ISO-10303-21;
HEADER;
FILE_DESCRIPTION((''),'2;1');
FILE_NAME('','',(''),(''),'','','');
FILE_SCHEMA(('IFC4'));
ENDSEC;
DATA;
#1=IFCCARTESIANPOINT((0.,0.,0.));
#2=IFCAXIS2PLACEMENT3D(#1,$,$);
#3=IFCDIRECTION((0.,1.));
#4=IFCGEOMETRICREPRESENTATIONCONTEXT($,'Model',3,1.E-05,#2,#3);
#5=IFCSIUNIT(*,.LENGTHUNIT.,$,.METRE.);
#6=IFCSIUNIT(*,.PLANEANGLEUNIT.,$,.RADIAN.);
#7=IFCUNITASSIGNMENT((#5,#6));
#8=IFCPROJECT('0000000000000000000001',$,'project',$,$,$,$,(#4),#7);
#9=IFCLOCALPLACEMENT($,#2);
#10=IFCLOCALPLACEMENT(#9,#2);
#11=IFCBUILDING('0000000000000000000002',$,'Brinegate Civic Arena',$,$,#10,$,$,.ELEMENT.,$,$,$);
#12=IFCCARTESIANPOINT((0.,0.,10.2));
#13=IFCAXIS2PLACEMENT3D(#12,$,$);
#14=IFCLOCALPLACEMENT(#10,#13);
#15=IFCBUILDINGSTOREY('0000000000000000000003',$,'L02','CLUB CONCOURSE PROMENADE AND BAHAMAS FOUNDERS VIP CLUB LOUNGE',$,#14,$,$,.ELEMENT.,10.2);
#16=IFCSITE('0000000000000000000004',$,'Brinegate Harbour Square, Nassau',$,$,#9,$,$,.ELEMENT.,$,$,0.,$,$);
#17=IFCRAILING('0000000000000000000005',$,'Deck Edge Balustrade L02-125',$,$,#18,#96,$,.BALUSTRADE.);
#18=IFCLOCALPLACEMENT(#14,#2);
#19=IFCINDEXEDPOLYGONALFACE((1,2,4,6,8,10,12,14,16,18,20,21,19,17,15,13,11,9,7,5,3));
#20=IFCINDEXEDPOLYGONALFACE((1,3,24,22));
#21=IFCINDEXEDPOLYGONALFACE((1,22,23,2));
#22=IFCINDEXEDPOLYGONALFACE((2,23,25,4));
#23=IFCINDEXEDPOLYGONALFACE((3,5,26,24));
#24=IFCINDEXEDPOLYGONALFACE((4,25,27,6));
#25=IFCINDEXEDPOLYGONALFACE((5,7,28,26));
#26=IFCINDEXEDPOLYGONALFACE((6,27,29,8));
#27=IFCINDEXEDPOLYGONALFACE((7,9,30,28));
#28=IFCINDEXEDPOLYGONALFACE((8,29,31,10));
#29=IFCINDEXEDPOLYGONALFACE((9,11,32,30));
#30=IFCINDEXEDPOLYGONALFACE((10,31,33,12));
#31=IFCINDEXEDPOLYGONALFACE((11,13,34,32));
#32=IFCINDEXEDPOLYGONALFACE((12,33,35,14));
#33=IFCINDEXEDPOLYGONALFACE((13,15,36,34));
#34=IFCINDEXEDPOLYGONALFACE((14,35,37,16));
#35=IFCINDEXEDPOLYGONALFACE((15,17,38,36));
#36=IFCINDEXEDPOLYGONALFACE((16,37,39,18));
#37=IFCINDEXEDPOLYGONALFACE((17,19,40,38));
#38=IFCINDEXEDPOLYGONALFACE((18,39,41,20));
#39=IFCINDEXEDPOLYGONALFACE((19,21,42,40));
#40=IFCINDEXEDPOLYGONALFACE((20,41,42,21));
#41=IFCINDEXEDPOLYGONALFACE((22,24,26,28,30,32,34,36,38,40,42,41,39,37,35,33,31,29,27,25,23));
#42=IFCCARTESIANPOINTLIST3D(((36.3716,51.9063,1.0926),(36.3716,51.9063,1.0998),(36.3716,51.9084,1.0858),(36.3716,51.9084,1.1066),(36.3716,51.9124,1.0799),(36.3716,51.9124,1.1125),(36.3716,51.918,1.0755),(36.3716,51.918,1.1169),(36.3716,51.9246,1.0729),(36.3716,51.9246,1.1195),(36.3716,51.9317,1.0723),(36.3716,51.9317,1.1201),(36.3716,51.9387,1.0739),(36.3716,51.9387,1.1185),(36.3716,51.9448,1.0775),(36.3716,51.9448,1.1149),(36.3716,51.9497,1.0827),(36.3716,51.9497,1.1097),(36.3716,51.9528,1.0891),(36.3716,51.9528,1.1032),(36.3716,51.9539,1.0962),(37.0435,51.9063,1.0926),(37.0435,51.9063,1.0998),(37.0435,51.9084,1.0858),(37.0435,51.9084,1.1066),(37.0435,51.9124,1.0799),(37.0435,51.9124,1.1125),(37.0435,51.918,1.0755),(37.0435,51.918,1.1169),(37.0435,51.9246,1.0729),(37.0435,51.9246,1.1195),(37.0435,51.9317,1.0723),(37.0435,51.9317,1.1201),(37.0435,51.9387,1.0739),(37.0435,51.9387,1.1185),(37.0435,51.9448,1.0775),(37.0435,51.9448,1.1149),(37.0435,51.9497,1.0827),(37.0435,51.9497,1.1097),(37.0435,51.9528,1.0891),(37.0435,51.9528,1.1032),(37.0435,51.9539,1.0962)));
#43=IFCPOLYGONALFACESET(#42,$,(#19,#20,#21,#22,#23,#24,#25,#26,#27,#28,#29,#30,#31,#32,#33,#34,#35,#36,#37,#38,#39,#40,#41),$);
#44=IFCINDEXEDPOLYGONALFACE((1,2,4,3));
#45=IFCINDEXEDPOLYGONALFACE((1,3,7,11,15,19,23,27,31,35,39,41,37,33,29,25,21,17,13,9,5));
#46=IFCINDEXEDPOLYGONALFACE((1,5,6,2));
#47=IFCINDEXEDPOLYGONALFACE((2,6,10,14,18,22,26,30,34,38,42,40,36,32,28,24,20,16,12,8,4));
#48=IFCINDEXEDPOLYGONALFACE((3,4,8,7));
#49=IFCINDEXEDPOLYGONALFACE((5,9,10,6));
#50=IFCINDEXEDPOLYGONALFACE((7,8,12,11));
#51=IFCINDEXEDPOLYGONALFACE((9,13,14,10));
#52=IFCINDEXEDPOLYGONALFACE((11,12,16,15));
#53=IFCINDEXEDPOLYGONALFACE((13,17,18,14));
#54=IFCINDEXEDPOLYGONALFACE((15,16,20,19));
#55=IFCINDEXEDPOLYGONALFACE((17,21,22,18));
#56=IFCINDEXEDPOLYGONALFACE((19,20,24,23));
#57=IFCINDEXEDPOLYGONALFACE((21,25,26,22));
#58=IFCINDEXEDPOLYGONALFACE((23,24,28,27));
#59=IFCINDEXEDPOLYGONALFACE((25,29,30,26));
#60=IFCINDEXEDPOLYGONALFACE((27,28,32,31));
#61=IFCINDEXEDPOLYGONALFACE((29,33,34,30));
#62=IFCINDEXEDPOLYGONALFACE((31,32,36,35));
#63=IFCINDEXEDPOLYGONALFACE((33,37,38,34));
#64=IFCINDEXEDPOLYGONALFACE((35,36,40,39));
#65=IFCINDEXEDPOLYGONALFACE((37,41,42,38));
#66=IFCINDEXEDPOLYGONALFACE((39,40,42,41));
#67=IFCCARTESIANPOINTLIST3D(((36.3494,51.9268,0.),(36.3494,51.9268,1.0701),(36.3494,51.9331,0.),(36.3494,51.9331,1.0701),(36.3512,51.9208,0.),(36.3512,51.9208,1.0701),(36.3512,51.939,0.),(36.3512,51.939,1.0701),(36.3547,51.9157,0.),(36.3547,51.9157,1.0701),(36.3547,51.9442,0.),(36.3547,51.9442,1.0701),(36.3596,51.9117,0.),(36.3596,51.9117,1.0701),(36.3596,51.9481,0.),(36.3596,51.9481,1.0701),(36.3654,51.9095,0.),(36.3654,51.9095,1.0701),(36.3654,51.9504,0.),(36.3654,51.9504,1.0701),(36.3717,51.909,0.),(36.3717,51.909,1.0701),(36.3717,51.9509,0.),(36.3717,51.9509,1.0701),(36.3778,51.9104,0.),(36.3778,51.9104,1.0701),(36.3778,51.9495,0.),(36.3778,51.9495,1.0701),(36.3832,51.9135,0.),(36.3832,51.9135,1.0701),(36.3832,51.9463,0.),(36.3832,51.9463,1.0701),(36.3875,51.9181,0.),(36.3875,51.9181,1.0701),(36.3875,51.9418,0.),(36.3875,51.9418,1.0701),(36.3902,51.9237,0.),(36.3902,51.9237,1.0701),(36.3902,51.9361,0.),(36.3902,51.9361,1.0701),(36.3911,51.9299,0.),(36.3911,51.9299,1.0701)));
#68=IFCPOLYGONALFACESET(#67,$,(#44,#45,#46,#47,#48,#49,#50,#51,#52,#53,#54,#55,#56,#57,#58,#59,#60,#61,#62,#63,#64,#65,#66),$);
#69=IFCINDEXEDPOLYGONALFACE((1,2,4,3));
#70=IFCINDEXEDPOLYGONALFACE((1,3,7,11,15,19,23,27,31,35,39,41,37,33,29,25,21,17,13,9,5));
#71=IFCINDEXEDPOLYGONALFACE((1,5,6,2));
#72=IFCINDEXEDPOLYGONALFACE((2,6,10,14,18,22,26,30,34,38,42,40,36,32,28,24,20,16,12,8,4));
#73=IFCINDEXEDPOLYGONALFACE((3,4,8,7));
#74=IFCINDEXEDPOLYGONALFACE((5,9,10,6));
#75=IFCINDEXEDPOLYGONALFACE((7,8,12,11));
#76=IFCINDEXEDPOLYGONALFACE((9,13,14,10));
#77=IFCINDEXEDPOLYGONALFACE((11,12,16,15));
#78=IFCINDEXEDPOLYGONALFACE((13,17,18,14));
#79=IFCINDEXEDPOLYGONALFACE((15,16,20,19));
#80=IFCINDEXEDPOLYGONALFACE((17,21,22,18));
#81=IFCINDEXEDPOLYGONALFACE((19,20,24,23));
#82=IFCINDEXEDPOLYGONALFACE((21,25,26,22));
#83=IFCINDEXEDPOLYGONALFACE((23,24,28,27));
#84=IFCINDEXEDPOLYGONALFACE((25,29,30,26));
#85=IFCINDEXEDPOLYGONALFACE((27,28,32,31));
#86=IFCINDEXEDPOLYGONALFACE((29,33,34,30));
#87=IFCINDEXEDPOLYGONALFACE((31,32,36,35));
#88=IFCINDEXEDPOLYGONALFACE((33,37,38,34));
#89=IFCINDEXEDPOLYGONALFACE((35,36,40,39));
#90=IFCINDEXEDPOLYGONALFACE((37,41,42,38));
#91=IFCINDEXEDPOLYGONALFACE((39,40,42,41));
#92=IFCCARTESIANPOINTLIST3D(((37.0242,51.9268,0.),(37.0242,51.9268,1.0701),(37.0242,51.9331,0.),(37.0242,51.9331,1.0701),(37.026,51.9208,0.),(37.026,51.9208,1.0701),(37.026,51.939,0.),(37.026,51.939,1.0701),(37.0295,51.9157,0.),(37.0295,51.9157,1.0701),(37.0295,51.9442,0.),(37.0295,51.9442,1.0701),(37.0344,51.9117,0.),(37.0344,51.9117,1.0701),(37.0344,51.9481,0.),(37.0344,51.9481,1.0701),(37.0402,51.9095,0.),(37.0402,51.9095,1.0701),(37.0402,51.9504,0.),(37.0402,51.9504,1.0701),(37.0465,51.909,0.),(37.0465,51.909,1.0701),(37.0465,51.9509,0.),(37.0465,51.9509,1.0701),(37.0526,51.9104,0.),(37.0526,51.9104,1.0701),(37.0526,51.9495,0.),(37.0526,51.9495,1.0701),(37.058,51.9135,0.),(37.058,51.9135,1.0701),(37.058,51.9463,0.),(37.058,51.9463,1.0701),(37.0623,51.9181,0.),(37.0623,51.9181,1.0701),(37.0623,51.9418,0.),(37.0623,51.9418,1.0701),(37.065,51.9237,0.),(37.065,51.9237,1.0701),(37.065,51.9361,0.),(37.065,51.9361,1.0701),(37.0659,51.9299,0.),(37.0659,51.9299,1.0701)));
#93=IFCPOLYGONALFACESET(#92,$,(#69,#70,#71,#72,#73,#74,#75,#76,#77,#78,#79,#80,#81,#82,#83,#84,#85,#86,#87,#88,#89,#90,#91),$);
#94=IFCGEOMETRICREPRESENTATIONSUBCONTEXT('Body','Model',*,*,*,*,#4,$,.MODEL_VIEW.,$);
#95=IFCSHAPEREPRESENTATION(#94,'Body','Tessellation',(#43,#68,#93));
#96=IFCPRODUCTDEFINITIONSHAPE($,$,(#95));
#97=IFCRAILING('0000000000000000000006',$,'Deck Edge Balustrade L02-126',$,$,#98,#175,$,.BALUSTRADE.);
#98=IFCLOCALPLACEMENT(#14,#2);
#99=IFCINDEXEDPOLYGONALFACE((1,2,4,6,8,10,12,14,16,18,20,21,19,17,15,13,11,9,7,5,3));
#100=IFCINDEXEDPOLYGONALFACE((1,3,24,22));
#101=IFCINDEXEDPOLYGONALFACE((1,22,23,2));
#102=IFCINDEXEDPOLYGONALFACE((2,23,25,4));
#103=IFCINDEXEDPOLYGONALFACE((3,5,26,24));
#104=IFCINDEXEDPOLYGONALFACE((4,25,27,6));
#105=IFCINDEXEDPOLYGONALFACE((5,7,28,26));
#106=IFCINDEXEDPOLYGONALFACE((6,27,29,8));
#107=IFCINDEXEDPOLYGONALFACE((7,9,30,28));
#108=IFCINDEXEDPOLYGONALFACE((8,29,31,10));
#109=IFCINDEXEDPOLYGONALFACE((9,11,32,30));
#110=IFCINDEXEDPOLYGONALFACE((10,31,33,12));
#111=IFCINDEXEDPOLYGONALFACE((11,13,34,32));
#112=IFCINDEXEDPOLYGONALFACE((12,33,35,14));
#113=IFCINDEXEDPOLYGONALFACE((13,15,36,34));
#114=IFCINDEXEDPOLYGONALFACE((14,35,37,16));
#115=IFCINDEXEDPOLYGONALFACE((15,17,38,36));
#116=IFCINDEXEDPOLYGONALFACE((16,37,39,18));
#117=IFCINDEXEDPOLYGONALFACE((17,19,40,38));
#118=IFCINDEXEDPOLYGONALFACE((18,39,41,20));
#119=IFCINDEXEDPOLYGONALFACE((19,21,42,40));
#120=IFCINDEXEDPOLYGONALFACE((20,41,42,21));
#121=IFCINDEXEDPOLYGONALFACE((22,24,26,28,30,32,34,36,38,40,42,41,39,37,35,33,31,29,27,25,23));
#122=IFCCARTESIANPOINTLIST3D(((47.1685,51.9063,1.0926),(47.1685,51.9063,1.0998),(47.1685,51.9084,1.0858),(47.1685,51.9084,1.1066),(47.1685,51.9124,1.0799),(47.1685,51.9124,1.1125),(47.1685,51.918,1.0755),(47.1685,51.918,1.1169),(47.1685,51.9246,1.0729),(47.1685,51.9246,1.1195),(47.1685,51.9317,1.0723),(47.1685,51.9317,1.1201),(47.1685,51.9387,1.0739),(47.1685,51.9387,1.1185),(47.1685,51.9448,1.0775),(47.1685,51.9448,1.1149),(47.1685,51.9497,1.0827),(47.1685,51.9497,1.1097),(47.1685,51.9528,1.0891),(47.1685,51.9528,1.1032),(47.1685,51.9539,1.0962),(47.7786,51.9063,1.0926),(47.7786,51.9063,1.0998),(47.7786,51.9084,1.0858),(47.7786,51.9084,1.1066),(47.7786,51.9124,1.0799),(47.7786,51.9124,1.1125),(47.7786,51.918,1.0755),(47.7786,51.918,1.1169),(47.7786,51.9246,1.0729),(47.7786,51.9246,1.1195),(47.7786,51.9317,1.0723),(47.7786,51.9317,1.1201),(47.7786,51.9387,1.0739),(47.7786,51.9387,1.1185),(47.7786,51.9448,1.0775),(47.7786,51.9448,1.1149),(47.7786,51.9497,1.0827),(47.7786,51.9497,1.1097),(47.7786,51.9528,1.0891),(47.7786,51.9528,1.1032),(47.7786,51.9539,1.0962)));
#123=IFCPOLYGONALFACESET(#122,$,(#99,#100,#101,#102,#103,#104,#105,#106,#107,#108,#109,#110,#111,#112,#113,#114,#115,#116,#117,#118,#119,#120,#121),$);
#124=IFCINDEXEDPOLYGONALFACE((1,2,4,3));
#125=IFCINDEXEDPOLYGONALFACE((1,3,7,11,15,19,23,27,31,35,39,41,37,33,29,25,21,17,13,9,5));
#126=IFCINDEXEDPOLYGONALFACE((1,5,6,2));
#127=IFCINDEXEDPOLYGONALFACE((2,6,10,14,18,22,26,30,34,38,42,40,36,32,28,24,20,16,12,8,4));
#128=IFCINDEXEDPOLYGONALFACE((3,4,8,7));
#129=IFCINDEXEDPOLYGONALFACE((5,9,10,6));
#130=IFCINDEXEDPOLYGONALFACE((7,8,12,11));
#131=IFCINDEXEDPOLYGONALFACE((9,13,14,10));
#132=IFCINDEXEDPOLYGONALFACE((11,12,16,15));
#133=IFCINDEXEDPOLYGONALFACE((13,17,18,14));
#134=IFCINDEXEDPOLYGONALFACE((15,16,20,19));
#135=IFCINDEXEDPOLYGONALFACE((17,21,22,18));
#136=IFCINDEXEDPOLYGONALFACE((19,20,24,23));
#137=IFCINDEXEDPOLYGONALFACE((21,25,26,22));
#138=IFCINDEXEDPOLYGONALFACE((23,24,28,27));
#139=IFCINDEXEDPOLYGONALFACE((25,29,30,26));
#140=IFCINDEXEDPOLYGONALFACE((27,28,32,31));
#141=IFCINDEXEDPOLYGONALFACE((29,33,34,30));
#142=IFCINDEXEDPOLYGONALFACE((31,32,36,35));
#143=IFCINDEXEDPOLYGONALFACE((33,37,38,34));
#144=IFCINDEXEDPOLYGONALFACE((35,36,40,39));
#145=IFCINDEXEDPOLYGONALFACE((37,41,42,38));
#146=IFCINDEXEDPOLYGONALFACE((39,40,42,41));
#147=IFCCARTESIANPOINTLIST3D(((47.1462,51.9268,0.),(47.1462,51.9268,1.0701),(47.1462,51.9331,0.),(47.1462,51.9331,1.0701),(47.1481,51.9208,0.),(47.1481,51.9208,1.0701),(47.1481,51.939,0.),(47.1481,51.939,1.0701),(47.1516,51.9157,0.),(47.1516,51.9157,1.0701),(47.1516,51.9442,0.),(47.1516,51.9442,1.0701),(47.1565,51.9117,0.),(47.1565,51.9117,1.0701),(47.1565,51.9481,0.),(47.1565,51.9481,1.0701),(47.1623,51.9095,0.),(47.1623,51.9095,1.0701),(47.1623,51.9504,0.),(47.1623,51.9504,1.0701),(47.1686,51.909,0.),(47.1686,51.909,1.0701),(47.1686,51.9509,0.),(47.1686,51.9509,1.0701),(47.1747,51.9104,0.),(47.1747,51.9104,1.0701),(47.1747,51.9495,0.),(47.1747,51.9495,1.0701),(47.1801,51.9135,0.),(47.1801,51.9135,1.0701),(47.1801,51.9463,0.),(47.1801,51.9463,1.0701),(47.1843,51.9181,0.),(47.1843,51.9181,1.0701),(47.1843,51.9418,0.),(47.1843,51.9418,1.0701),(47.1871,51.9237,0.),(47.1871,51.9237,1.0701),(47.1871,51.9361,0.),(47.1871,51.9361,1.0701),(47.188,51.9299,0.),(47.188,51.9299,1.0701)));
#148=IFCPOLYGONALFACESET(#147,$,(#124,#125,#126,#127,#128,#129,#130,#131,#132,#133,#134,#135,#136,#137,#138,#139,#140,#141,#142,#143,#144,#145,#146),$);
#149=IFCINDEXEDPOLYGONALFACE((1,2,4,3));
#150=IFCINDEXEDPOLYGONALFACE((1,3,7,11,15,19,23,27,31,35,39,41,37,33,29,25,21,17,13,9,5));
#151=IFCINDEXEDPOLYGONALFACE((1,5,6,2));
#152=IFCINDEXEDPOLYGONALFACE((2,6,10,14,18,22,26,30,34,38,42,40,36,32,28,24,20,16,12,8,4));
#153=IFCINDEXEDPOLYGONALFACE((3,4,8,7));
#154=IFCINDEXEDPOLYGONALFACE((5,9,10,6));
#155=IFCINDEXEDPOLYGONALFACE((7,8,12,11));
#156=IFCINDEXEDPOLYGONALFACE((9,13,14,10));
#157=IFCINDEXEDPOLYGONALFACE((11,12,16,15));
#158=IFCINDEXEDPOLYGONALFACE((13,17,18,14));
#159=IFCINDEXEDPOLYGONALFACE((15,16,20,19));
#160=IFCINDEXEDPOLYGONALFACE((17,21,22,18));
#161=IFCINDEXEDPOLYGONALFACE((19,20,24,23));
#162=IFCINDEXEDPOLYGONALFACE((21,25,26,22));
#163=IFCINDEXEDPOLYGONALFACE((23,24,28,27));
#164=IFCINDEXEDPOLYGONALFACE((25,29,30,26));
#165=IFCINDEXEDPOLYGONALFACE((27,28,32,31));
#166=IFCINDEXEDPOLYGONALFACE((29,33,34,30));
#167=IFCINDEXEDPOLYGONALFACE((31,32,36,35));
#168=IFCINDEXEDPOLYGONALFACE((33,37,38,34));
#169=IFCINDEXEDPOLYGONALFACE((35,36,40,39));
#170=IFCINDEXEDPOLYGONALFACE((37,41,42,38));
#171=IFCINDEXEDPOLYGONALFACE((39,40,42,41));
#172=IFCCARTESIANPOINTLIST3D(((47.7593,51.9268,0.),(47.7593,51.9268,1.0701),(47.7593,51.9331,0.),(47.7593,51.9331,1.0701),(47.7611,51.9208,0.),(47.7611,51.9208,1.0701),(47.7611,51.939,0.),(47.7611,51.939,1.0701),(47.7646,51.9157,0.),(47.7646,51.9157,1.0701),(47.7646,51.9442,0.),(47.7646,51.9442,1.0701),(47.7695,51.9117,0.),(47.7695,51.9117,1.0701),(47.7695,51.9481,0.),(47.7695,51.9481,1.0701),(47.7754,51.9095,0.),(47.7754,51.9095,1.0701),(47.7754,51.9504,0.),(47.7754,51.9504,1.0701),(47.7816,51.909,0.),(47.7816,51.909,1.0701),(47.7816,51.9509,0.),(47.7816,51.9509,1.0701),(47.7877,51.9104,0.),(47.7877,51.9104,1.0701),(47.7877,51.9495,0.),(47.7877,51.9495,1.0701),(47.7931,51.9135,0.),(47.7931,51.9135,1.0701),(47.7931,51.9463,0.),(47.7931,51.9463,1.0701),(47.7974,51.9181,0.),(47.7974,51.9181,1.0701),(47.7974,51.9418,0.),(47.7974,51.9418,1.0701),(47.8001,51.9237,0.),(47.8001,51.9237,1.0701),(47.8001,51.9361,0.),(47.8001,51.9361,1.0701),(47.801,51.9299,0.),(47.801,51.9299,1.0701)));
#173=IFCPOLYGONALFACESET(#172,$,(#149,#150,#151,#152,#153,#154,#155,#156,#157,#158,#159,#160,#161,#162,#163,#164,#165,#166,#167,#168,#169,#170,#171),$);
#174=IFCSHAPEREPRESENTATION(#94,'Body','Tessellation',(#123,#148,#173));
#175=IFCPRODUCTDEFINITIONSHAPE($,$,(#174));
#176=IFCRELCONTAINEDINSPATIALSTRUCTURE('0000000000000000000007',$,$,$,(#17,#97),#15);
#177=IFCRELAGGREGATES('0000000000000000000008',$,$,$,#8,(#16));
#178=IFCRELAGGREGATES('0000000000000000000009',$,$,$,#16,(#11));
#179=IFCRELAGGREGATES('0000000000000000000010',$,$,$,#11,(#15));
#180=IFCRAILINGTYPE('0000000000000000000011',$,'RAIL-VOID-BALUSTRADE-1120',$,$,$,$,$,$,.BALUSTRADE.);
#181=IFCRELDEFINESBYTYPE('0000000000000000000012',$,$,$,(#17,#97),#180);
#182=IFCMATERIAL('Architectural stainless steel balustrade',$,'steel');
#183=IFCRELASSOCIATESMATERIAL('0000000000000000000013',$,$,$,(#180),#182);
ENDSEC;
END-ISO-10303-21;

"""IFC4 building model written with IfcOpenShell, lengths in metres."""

from ifc_helpers import new_model, si_unit, direction, frame, origin, origin_2d, place, context, subcontext, project, spatial, circle, extrude, material, type_object, element, save


model = new_model("IFC4")

# Units and contexts
model_context = context("Model", 3, precision=1e-05, world=origin(), true_north=direction((0.0, 1.0)))
body_context = subcontext(model_context, "Body", "Model", "MODEL_VIEW")
ifc_project = project(units=[si_unit("LENGTHUNIT", "METRE"), si_unit("PLANEANGLEUNIT", "RADIAN")], contexts=[model_context])

# Site, building, storey
site_placement = place(None, origin())
site = spatial("IfcSite", under=ifc_project, at=site_placement, Name="Brinegate Harbour Square, Nassau", CompositionType="ELEMENT", RefElevation=0.0)
building_placement = place(site_placement, origin())
building = spatial("IfcBuilding", under=site, at=building_placement, Name="Brinegate Civic Arena", CompositionType="ELEMENT")
storey_placement = place(building_placement, frame((0.0, 0.0, 10.2)))
storey = spatial("IfcBuildingStorey", under=building, at=storey_placement, Name="L02", Description="CLUB CONCOURSE PROMENADE AND BAHAMAS FOUNDERS VIP CLUB LOUNGE", CompositionType="ELEMENT", Elevation=10.2)

# Railings
ifc_material_1 = material(Name="Architectural stainless steel balustrade", Category="steel")
railing_type = type_object("IfcRailingType", Name="RAIL-VOID-BALUSTRADE-1120", PredefinedType="BALUSTRADE", material=ifc_material_1)
for number, where, name in (
    (1, (36.3701, 51.9299, 0.0), "Deck Edge Balustrade L02-125"),
):
    element("IfcRailing", number, at=place(storey_placement, frame(where)), inside=storey, type_object=railing_type, Name=name, PredefinedType="BALUSTRADE", context=body_context, shape_type="SweptSolid", body=[
        extrude(circle(Radius=0.0239, at=origin_2d()), frame((0.0015, 0.0, 1.0962), z_axis=(1.0, 0.0, 0.0), x_axis=(0.0, 1.0, 0.0)), (0.0, 0.0, 1.0), 0.6719),
        extrude(circle(Radius=0.021, at=origin_2d()), origin(), (0.0, 0.0, 1.0), 1.0701),
        extrude(circle(Radius=0.021, at=origin_2d()), frame((0.6748, 0.0, 0.0)), (0.0, 0.0, 1.0), 1.0701),
    ])
railing_placement = place(storey_placement, frame((47.167, 51.9299, 0.0)))
element("IfcRailing", 2, at=railing_placement, inside=storey, type_object=railing_type, Name="Deck Edge Balustrade L02-126", PredefinedType="BALUSTRADE", context=body_context, shape_type="SweptSolid", body=[
    extrude(circle(Radius=0.0239, at=origin_2d()), frame((0.0015, 0.0, 1.0962), z_axis=(1.0, 0.0, 0.0), x_axis=(0.0, 1.0, 0.0)), (0.0, 0.0, 1.0), 0.6101),
    extrude(circle(Radius=0.021, at=origin_2d()), origin(), (0.0, 0.0, 1.0), 1.0701),
    extrude(circle(Radius=0.021, at=origin_2d()), frame((0.613, 0.0, 0.0)), (0.0, 0.0, 1.0), 1.0701),
])

save(model, "model.ifc")
